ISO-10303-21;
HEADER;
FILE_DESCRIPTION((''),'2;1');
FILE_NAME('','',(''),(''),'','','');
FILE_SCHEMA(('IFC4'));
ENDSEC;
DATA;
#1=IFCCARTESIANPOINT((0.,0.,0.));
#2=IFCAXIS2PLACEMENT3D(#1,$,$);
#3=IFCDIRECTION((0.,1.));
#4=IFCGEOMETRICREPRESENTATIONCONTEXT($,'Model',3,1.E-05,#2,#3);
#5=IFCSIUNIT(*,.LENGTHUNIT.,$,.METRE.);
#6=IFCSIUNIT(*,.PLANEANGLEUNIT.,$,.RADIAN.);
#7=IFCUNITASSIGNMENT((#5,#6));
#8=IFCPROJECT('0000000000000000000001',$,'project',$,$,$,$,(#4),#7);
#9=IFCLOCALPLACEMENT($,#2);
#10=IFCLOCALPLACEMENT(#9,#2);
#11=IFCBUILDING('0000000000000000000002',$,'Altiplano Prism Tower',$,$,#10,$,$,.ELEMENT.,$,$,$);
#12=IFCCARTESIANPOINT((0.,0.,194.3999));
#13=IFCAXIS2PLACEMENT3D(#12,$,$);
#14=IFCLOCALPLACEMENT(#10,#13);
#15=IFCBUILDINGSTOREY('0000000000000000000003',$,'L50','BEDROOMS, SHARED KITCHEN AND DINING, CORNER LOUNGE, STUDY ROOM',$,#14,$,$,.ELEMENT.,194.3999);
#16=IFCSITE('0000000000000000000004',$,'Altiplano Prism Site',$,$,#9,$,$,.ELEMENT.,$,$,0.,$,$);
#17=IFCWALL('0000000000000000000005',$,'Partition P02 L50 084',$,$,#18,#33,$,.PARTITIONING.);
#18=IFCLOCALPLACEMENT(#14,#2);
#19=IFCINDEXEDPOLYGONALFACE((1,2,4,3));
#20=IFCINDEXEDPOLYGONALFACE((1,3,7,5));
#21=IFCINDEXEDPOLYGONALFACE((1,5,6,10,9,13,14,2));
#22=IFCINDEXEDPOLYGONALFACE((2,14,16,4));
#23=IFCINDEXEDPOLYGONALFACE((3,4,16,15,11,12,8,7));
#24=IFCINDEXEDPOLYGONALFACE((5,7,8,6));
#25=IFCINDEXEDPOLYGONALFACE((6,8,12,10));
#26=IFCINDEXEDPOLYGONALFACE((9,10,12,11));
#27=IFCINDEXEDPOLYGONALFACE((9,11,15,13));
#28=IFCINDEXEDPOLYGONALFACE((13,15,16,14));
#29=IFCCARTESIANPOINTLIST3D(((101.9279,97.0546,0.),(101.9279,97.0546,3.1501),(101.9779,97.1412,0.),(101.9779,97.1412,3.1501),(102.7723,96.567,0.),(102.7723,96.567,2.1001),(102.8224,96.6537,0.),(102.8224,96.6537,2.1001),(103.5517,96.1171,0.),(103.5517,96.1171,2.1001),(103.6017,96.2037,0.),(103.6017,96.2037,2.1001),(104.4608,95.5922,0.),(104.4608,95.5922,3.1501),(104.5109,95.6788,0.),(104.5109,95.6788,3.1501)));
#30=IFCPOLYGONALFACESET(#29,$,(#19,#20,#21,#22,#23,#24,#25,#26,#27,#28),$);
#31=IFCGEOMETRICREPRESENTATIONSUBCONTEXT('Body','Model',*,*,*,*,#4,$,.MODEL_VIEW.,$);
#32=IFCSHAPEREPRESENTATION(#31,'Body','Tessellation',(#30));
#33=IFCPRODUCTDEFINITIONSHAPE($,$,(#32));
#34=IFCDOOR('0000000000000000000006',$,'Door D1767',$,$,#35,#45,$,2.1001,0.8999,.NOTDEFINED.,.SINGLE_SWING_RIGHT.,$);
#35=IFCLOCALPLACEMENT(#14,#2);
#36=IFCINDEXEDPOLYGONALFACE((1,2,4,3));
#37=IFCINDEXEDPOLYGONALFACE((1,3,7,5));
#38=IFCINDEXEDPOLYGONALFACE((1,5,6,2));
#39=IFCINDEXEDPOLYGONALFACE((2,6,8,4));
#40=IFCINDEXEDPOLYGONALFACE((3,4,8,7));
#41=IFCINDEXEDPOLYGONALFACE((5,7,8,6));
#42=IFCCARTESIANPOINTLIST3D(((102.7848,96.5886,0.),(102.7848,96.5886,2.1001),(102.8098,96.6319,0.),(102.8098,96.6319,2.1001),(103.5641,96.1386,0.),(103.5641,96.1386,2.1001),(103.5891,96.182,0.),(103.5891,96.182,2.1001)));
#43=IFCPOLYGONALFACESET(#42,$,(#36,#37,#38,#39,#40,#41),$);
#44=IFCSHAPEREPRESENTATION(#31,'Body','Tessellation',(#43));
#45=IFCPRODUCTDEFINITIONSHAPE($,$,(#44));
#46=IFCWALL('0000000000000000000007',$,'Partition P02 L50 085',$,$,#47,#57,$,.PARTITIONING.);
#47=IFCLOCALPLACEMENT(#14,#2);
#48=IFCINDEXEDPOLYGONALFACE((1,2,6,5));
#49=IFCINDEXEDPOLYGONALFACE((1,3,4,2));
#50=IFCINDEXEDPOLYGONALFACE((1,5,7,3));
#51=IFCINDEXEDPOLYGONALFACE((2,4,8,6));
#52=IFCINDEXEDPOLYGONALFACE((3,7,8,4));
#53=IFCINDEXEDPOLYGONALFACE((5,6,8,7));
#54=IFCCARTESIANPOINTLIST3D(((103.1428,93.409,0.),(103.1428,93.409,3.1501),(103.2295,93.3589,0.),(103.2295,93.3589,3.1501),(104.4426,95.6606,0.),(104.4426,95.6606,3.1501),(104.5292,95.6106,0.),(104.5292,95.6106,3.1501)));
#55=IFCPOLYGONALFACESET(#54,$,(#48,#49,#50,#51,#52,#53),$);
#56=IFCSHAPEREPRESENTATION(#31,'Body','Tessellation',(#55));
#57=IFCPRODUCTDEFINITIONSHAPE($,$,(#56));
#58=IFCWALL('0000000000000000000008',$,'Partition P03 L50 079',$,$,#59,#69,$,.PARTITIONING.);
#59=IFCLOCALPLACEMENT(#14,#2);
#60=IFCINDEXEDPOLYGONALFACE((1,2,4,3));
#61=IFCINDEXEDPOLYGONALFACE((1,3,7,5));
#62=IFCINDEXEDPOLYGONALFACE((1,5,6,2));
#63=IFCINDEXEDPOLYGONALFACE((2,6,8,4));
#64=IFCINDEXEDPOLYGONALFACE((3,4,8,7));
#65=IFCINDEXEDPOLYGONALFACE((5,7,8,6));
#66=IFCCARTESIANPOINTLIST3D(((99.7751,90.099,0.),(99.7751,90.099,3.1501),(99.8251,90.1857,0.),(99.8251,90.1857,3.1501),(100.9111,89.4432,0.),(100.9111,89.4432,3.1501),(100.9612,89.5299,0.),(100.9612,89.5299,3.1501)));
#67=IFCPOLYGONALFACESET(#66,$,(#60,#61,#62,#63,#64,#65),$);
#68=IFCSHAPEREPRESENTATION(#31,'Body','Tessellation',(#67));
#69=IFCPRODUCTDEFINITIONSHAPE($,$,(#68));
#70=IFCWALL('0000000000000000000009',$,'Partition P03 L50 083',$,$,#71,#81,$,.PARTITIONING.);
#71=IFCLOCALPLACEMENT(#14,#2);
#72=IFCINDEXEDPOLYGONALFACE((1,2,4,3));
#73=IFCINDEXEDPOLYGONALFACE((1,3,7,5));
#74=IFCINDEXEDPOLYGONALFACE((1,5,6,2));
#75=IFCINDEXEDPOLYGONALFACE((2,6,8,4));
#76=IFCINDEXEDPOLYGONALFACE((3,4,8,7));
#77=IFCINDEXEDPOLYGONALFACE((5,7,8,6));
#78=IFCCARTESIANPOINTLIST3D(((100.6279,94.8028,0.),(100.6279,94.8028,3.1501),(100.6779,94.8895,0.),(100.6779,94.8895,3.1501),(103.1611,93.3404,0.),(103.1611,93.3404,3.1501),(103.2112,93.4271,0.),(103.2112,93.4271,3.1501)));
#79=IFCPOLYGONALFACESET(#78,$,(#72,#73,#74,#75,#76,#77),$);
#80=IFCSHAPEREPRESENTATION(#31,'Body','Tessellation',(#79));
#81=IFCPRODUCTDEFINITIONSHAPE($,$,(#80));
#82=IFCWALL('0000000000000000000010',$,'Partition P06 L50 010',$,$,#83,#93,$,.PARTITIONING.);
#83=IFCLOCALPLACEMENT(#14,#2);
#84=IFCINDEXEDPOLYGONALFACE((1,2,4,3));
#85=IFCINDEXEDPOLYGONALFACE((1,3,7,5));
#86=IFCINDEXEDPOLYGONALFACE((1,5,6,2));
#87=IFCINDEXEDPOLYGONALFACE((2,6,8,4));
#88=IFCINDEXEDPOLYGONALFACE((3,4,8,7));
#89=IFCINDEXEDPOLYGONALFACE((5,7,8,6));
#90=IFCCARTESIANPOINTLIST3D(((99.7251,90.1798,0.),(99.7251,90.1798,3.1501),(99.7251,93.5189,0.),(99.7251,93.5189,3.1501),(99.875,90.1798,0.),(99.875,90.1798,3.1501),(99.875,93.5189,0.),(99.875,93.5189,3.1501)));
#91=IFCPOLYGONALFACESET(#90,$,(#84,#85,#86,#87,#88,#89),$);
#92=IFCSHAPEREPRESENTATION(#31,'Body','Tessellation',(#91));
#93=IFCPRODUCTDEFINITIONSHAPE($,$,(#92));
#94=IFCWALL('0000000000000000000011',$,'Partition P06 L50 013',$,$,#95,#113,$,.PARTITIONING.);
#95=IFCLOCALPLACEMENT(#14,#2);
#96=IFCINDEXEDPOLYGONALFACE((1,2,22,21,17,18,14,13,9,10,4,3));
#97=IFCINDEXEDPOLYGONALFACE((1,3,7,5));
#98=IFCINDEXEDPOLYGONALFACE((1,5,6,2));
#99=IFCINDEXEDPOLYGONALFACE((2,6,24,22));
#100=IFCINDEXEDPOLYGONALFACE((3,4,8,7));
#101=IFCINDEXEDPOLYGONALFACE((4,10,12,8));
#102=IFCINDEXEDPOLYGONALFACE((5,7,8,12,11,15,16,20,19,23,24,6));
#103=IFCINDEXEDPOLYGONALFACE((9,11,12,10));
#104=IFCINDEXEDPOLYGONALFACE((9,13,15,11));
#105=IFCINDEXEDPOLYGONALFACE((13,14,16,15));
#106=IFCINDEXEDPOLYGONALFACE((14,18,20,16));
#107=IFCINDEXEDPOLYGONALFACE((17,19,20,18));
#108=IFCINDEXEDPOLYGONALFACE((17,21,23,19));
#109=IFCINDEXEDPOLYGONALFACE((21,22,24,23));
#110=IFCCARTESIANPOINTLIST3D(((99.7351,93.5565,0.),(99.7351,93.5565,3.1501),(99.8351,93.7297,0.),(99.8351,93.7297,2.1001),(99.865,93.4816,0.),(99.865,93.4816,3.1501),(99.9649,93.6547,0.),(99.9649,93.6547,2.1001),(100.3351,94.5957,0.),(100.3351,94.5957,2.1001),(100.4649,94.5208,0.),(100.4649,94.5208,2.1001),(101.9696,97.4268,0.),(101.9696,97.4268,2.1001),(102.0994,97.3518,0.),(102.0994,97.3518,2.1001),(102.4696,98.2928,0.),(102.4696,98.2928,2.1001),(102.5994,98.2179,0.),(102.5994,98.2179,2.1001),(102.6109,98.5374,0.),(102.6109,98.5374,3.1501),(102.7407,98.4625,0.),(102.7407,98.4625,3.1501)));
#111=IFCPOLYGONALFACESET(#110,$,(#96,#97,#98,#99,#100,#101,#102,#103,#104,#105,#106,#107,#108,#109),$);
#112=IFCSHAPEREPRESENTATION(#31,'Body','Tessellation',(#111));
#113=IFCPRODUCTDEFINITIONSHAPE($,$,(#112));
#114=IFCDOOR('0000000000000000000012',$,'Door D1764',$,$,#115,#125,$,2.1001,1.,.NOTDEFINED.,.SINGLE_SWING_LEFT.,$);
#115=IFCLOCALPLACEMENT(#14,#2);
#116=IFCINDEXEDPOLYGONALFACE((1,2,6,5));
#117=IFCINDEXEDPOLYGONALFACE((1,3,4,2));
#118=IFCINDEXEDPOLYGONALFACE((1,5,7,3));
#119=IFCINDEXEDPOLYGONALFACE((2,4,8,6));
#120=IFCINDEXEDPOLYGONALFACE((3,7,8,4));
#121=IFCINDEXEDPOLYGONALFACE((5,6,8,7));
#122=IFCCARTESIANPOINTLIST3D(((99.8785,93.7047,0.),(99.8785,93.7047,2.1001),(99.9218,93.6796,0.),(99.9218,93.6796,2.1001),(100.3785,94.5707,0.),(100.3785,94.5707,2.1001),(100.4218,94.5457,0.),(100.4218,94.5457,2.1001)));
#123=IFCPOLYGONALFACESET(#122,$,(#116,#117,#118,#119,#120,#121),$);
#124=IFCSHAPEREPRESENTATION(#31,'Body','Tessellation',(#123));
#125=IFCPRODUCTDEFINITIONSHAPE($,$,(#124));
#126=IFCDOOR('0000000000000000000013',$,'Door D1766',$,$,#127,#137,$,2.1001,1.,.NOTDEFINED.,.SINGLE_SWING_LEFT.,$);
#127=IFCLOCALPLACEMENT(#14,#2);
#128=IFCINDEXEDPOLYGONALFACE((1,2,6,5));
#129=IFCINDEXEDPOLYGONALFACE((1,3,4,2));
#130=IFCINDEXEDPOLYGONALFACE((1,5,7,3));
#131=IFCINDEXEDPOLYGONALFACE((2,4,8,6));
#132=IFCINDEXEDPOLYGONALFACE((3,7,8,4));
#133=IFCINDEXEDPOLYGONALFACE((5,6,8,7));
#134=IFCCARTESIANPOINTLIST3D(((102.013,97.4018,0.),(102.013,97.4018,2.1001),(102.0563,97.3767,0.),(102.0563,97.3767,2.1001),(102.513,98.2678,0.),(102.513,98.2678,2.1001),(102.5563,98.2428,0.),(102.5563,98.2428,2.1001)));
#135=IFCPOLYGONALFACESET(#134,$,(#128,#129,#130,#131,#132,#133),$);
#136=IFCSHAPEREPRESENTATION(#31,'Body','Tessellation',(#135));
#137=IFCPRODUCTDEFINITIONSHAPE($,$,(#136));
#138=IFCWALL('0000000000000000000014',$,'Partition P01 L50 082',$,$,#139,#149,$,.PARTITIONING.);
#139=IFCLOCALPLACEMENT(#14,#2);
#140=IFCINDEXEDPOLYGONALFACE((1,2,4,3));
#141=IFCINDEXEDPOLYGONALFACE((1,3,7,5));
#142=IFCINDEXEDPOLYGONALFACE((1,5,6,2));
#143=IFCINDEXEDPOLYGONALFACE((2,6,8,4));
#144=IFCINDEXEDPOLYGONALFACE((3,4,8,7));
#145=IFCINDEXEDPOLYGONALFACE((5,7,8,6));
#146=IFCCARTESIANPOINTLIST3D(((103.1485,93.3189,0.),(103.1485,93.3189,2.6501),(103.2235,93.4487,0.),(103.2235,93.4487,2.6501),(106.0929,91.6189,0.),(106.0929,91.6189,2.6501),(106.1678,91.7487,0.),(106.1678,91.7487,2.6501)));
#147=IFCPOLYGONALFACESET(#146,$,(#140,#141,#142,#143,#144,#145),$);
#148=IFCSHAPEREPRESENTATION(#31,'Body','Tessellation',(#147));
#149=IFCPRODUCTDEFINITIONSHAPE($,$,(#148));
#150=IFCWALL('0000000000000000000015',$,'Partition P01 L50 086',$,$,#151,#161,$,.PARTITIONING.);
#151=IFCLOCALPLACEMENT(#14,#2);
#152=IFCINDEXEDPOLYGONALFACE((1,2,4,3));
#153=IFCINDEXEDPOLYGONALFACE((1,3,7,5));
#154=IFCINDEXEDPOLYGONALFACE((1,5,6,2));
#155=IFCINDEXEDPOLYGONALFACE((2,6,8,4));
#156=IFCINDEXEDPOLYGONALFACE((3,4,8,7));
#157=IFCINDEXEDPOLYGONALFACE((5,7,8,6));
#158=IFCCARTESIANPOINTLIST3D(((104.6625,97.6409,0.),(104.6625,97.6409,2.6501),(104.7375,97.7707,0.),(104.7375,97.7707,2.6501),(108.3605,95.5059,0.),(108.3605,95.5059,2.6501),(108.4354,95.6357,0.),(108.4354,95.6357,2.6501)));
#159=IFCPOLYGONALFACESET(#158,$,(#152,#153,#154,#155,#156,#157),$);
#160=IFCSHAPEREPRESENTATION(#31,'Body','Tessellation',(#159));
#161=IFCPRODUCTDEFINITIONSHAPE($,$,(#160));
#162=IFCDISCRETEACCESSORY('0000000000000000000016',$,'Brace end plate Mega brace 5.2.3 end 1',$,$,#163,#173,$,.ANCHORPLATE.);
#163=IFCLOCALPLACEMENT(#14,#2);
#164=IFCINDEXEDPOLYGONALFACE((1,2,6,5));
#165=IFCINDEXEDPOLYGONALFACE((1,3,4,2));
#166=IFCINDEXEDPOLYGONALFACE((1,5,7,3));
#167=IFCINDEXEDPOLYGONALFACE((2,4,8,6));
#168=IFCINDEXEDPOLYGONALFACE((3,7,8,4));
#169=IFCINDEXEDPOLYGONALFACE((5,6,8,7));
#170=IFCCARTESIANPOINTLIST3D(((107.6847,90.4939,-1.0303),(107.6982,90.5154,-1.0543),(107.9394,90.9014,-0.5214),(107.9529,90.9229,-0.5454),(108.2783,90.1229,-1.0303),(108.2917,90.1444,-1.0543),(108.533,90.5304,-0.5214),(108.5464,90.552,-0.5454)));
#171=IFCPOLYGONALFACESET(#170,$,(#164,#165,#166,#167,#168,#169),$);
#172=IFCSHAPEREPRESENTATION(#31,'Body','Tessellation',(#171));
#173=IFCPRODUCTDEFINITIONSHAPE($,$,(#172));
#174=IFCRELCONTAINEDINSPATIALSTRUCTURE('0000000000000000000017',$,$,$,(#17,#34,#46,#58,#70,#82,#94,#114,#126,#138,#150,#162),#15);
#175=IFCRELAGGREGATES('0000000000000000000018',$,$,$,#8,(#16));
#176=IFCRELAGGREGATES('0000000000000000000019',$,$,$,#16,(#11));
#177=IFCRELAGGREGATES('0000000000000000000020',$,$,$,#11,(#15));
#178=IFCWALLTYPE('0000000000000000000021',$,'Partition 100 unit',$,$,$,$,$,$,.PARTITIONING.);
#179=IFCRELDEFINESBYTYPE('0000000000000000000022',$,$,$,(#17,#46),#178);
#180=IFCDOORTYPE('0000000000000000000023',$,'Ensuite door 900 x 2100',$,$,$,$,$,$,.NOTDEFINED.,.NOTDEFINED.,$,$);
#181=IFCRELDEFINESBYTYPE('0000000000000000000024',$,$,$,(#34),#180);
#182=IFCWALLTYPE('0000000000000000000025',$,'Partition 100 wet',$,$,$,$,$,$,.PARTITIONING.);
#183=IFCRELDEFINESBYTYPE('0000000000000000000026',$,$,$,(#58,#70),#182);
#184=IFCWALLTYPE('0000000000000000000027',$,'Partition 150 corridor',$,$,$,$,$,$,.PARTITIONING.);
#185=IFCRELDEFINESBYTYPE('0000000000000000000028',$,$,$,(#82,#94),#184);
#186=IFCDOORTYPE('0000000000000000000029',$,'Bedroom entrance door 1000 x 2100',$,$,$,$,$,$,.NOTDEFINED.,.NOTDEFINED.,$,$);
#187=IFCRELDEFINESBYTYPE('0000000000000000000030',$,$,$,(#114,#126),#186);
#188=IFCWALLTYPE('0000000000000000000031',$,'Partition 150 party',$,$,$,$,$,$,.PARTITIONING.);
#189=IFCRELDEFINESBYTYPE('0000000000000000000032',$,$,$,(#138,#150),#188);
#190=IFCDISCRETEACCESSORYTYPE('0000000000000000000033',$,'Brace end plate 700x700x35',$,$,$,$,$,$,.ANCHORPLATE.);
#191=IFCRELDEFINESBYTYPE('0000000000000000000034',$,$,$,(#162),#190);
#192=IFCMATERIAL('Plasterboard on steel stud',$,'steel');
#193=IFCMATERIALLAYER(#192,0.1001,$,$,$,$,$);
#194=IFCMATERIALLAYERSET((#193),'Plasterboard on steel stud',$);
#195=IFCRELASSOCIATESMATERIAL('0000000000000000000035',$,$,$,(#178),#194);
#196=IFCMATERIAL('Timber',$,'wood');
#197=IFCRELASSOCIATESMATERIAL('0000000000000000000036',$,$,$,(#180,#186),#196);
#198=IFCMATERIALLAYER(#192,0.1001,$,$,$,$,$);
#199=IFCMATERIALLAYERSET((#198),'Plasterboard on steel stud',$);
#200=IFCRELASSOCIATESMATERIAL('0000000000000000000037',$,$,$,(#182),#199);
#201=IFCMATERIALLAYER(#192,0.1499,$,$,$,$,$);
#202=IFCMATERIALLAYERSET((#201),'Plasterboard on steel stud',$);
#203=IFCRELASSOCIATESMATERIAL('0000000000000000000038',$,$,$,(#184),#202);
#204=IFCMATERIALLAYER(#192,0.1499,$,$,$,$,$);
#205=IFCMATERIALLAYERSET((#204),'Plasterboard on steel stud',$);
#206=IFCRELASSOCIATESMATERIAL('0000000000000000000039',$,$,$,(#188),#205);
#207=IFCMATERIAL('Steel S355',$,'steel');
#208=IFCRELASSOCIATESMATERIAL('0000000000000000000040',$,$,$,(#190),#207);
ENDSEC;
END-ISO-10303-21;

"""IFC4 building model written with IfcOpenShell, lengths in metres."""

from ifc_helpers import new_model, si_unit, direction, frame, frame_2d, origin, origin_2d, place, context, subcontext, project, spatial, rectangle, extrude, material, layer, layer_set, material_profile, profile_set, type_object, element, fill, save


model = new_model("IFC4")

# Units and contexts
model_context = context("Model", 3, precision=1e-05, world=origin(), true_north=direction((0.0, 1.0)))
body_context = subcontext(model_context, "Body", "Model", "MODEL_VIEW")
ifc_project = project(units=[si_unit("LENGTHUNIT", "METRE"), si_unit("PLANEANGLEUNIT", "RADIAN")], contexts=[model_context])

# Site, building, storey
site_placement = place(None, origin())
site = spatial("IfcSite", under=ifc_project, at=site_placement, Name="Altiplano Prism Site", CompositionType="ELEMENT", RefElevation=0.0)
building_placement = place(site_placement, origin())
building = spatial("IfcBuilding", under=site, at=building_placement, Name="Altiplano Prism Tower", CompositionType="ELEMENT")
storey_placement = place(building_placement, frame((0.0, 0.0, 194.3999)))
storey = spatial("IfcBuildingStorey", under=building, at=storey_placement, Name="L50", Description="BEDROOMS, SHARED KITCHEN AND DINING, CORNER LOUNGE, STUDY ROOM", CompositionType="ELEMENT", Elevation=194.3999)

# Shared definitions
ifc_material_1 = material(Name="Steel S355", Category="steel")

# Shared definitions
ifc_material_2 = material(Name="Plasterboard on steel stud", Category="steel")
ifc_layer_1 = layer(ifc_material_2, 0.1001)
ifc_layer_set_1 = layer_set([ifc_layer_1], Name="Plasterboard on steel stud")
wall_type_1 = type_object("IfcWallType", Name="Partition 100 unit", PredefinedType="PARTITIONING", material=ifc_layer_set_1)
ifc_material_3 = material(Name="Timber", Category="wood")
door_type_1 = type_object("IfcDoorType", Name="Ensuite door 900 x 2100", OperationType="NOTDEFINED", PredefinedType="NOTDEFINED", material=ifc_material_3)

# Wall, opening, door
wall_1_placement = place(storey_placement, frame((101.9529, 97.0979, 0.0), z_axis=(0.0, 0.0, 1.0), x_axis=(0.866026, -0.499999, 0.0)))
wall_1 = element("IfcWall", 1, at=wall_1_placement, inside=storey, type_object=wall_type_1, Name="Partition P02 L50 084", PredefinedType="PARTITIONING", context=body_context, shape_type="SweptSolid", body=[
    extrude(rectangle(XDim=2.9248, YDim=0.1001, at=frame_2d((1.4624, 0.0))), origin(), (0.0, 0.0, 1.0), 3.1501),
])
opening_1_placement = place(wall_1_placement, frame((0.9751, 0.0, 0.0)))
opening_1 = element("IfcOpeningElement", 2, at=opening_1_placement, cuts=wall_1, PredefinedType="OPENING", context=body_context, shape_type="SweptSolid", body=[
    extrude(rectangle(XDim=0.8999, YDim=2.1001, at=frame_2d((0.45, 1.05))), frame((0.0, 0.0605, 0.0), z_axis=(0.0, -1.0, 0.0), x_axis=(1.0, 0.0, 0.0)), (0.0, 0.0, 1.0), 0.1211),
])
door_1_placement = place(opening_1_placement, origin())
door_1 = element("IfcDoor", 3, at=door_1_placement, inside=storey, type_object=door_type_1, Name="Door D1767", OperationType="SINGLE_SWING_RIGHT", OverallHeight=2.1001, OverallWidth=0.8999, PredefinedType="NOTDEFINED", context=body_context, shape_type="SweptSolid", body=[
    extrude(rectangle(XDim=0.8999, YDim=2.1001, at=frame_2d((0.45, 1.05))), frame((0.0, 0.0249, 0.0), z_axis=(0.0, -1.0, 0.0), x_axis=(1.0, 0.0, 0.0)), (0.0, 0.0, 1.0), 0.05),
])
fill(opening_1, door_1)

# Walls
wall_2_placement = place(storey_placement, frame((104.4858, 95.6355, 0.0), z_axis=(0.0, 0.0, 1.0), x_axis=(-0.499937, -0.866062, 0.0)))
element("IfcWall", 4, at=wall_2_placement, inside=storey, type_object=wall_type_1, Name="Partition P02 L50 085", PredefinedType="PARTITIONING", context=body_context, shape_type="SweptSolid", body=[
    extrude(rectangle(XDim=2.5999, YDim=0.1001, at=frame_2d((1.2998, 0.0))), origin(), (0.0, 0.0, 1.0), 3.1501),
])
ifc_layer_2 = layer(ifc_material_2, 0.1001)
ifc_layer_set_2 = layer_set([ifc_layer_2], Name="Plasterboard on steel stud")
wall_type_2 = type_object("IfcWallType", Name="Partition 100 wet", PredefinedType="PARTITIONING", material=ifc_layer_set_2)
wall_3_placement = place(storey_placement, frame((100.936, 89.4866, 0.0), z_axis=(0.0, 0.0, 1.0), x_axis=(-0.866059, 0.499943, 0.0)))
element("IfcWall", 5, at=wall_3_placement, inside=storey, type_object=wall_type_2, Name="Partition P03 L50 079", PredefinedType="PARTITIONING", context=body_context, shape_type="SweptSolid", body=[
    extrude(rectangle(XDim=1.3118, YDim=0.1001, at=frame_2d((0.6558, 0.0))), origin(), (0.0, 0.0, 1.0), 3.1501),
])
wall_4_placement = place(storey_placement, frame((103.186, 93.3838, 0.0), z_axis=(0.0, 0.0, 1.0), x_axis=(-0.866047, 0.499963, 0.0)))
element("IfcWall", 6, at=wall_4_placement, inside=storey, type_object=wall_type_2, Name="Partition P03 L50 083", PredefinedType="PARTITIONING", context=body_context, shape_type="SweptSolid", body=[
    extrude(rectangle(XDim=2.925, YDim=0.1001, at=frame_2d((1.4624, 0.0))), origin(), (0.0, 0.0, 1.0), 3.1501),
])
ifc_layer_3 = layer(ifc_material_2, 0.1499)
ifc_layer_set_3 = layer_set([ifc_layer_3], Name="Plasterboard on steel stud")
wall_type_3 = type_object("IfcWallType", Name="Partition 150 corridor", PredefinedType="PARTITIONING", material=ifc_layer_set_3)
wall_5_placement = place(storey_placement, frame((99.8, 90.1799, 0.0), z_axis=(0.0, 0.0, 1.0), x_axis=(0.0, 1.0, 0.0)))
element("IfcWall", 7, at=wall_5_placement, inside=storey, type_object=wall_type_3, Name="Partition P06 L50 010", PredefinedType="PARTITIONING", context=body_context, shape_type="SweptSolid", body=[
    extrude(rectangle(XDim=3.3391, YDim=0.1499, at=frame_2d((1.6694, 0.0))), origin(), (0.0, 0.0, 1.0), 3.1501),
])

# Wall, openings, doors
wall_6_placement = place(storey_placement, frame((99.8, 93.519, 0.0), z_axis=(0.0, 0.0, 1.0), x_axis=(0.499997, 0.866027, 0.0)))
wall_6 = element("IfcWall", 8, at=wall_6_placement, inside=storey, type_object=wall_type_3, Name="Partition P06 L50 013", PredefinedType="PARTITIONING", context=body_context, shape_type="SweptSolid", body=[
    extrude(rectangle(XDim=5.7515, YDim=0.1499, at=frame_2d((2.8757, 0.0))), origin(), (0.0, 0.0, 1.0), 3.1501),
])
opening_2_placement = place(wall_6_placement, frame((0.2, 0.0, 0.0)))
opening_2 = element("IfcOpeningElement", 9, at=opening_2_placement, cuts=wall_6, PredefinedType="OPENING", context=body_context, shape_type="SweptSolid", body=[
    extrude(rectangle(XDim=1.0, YDim=2.1001, at=frame_2d((0.5, 1.05))), frame((0.0, 0.0854, 0.0), z_axis=(0.0, -1.0, 0.0), x_axis=(1.0, 0.0, 0.0)), (0.0, 0.0, 1.0), 0.1709),
])
opening_3_placement = place(wall_6_placement, frame((4.469, 0.0, 0.0)))
opening_3 = element("IfcOpeningElement", 10, at=opening_3_placement, cuts=wall_6, PredefinedType="OPENING", context=body_context, shape_type="SweptSolid", body=[
    extrude(rectangle(XDim=1.0, YDim=2.1001, at=frame_2d((0.5, 1.05))), frame((0.0, 0.0854, 0.0), z_axis=(0.0, -1.0, 0.0), x_axis=(1.0, 0.0, 0.0)), (0.0, 0.0, 1.0), 0.1709),
])
door_type_2 = type_object("IfcDoorType", Name="Bedroom entrance door 1000 x 2100", OperationType="NOTDEFINED", PredefinedType="NOTDEFINED", material=ifc_material_3)
door_2_placement = place(opening_2_placement, origin())
door_2 = element("IfcDoor", 11, at=door_2_placement, inside=storey, type_object=door_type_2, Name="Door D1764", OperationType="SINGLE_SWING_LEFT", OverallHeight=2.1001, OverallWidth=1.0, PredefinedType="NOTDEFINED", context=body_context, shape_type="SweptSolid", body=[
    extrude(rectangle(XDim=1.0, YDim=2.1001, at=frame_2d((0.5, 1.05))), frame((0.0, 0.0249, 0.0), z_axis=(0.0, -1.0, 0.0), x_axis=(1.0, 0.0, 0.0)), (0.0, 0.0, 1.0), 0.05),
])
fill(opening_2, door_2)
door_3_placement = place(opening_3_placement, origin())
door_3 = element("IfcDoor", 12, at=door_3_placement, inside=storey, type_object=door_type_2, Name="Door D1766", OperationType="SINGLE_SWING_LEFT", OverallHeight=2.1001, OverallWidth=1.0, PredefinedType="NOTDEFINED", context=body_context, shape_type="SweptSolid", body=[
    extrude(rectangle(XDim=1.0, YDim=2.1001, at=frame_2d((0.5, 1.05))), frame((0.0, 0.0249, 0.0), z_axis=(0.0, -1.0, 0.0), x_axis=(1.0, 0.0, 0.0)), (0.0, 0.0, 1.0), 0.05),
])
fill(opening_3, door_3)

# Walls
ifc_layer_4 = layer(ifc_material_2, 0.1499)
ifc_layer_set_4 = layer_set([ifc_layer_4], Name="Plasterboard on steel stud")
wall_type_4 = type_object("IfcWallType", Name="Partition 150 party", PredefinedType="PARTITIONING", material=ifc_layer_set_4)
wall_7_placement = place(storey_placement, frame((106.1304, 91.6838, 0.0), z_axis=(0.0, 0.0, 1.0), x_axis=(-0.866021, 0.500008, 0.0)))
element("IfcWall", 13, at=wall_7_placement, inside=storey, type_object=wall_type_4, Name="Partition P01 L50 082", PredefinedType="PARTITIONING", context=body_context, shape_type="SweptSolid", body=[
    extrude(rectangle(XDim=3.3999, YDim=0.1499, at=frame_2d((1.7, 0.0))), origin(), (0.0, 0.0, 1.0), 2.6501),
])
wall_8_placement = place(storey_placement, frame((108.3979, 95.5708, 0.0), z_axis=(0.0, 0.0, 1.0), x_axis=(-0.866028, 0.499995, 0.0)))
element("IfcWall", 14, at=wall_8_placement, inside=storey, type_object=wall_type_4, Name="Partition P01 L50 086", PredefinedType="PARTITIONING", context=body_context, shape_type="SweptSolid", body=[
    extrude(rectangle(XDim=4.27, YDim=0.1499, at=frame_2d((2.135, 0.0))), origin(), (0.0, 0.0, 1.0), 2.6501),
])

# Discrete accessory
ifc_material_profile_1 = material_profile(ifc_material_1, rectangle(XDim=0.7, YDim=0.7, at=origin_2d()), Name="Brace end plate 700x700x35")
ifc_profile_set_1 = profile_set([ifc_material_profile_1], Name="Steel S355")
discrete_accessory_type = type_object("IfcDiscreteAccessoryType", Name="Brace end plate 700x700x35", PredefinedType="ANCHORPLATE", material=ifc_profile_set_1)
discrete_accessory_placement = place(storey_placement, frame((108.1223, 90.5337, -0.7998), z_axis=(-0.385332, -0.616531, 0.686592), x_axis=(0.847998, -0.529999, 0.0)))
element("IfcDiscreteAccessory", 15, at=discrete_accessory_placement, inside=storey, type_object=discrete_accessory_type, Name="Brace end plate Mega brace 5.2.3 end 1", PredefinedType="ANCHORPLATE", context=body_context, shape_type="SweptSolid", body=[
    extrude(rectangle(XDim=0.7, YDim=0.7, at=origin_2d()), origin(), (0.0, 0.0, 1.0), 0.0349),
])

save(model, "model.ifc")
